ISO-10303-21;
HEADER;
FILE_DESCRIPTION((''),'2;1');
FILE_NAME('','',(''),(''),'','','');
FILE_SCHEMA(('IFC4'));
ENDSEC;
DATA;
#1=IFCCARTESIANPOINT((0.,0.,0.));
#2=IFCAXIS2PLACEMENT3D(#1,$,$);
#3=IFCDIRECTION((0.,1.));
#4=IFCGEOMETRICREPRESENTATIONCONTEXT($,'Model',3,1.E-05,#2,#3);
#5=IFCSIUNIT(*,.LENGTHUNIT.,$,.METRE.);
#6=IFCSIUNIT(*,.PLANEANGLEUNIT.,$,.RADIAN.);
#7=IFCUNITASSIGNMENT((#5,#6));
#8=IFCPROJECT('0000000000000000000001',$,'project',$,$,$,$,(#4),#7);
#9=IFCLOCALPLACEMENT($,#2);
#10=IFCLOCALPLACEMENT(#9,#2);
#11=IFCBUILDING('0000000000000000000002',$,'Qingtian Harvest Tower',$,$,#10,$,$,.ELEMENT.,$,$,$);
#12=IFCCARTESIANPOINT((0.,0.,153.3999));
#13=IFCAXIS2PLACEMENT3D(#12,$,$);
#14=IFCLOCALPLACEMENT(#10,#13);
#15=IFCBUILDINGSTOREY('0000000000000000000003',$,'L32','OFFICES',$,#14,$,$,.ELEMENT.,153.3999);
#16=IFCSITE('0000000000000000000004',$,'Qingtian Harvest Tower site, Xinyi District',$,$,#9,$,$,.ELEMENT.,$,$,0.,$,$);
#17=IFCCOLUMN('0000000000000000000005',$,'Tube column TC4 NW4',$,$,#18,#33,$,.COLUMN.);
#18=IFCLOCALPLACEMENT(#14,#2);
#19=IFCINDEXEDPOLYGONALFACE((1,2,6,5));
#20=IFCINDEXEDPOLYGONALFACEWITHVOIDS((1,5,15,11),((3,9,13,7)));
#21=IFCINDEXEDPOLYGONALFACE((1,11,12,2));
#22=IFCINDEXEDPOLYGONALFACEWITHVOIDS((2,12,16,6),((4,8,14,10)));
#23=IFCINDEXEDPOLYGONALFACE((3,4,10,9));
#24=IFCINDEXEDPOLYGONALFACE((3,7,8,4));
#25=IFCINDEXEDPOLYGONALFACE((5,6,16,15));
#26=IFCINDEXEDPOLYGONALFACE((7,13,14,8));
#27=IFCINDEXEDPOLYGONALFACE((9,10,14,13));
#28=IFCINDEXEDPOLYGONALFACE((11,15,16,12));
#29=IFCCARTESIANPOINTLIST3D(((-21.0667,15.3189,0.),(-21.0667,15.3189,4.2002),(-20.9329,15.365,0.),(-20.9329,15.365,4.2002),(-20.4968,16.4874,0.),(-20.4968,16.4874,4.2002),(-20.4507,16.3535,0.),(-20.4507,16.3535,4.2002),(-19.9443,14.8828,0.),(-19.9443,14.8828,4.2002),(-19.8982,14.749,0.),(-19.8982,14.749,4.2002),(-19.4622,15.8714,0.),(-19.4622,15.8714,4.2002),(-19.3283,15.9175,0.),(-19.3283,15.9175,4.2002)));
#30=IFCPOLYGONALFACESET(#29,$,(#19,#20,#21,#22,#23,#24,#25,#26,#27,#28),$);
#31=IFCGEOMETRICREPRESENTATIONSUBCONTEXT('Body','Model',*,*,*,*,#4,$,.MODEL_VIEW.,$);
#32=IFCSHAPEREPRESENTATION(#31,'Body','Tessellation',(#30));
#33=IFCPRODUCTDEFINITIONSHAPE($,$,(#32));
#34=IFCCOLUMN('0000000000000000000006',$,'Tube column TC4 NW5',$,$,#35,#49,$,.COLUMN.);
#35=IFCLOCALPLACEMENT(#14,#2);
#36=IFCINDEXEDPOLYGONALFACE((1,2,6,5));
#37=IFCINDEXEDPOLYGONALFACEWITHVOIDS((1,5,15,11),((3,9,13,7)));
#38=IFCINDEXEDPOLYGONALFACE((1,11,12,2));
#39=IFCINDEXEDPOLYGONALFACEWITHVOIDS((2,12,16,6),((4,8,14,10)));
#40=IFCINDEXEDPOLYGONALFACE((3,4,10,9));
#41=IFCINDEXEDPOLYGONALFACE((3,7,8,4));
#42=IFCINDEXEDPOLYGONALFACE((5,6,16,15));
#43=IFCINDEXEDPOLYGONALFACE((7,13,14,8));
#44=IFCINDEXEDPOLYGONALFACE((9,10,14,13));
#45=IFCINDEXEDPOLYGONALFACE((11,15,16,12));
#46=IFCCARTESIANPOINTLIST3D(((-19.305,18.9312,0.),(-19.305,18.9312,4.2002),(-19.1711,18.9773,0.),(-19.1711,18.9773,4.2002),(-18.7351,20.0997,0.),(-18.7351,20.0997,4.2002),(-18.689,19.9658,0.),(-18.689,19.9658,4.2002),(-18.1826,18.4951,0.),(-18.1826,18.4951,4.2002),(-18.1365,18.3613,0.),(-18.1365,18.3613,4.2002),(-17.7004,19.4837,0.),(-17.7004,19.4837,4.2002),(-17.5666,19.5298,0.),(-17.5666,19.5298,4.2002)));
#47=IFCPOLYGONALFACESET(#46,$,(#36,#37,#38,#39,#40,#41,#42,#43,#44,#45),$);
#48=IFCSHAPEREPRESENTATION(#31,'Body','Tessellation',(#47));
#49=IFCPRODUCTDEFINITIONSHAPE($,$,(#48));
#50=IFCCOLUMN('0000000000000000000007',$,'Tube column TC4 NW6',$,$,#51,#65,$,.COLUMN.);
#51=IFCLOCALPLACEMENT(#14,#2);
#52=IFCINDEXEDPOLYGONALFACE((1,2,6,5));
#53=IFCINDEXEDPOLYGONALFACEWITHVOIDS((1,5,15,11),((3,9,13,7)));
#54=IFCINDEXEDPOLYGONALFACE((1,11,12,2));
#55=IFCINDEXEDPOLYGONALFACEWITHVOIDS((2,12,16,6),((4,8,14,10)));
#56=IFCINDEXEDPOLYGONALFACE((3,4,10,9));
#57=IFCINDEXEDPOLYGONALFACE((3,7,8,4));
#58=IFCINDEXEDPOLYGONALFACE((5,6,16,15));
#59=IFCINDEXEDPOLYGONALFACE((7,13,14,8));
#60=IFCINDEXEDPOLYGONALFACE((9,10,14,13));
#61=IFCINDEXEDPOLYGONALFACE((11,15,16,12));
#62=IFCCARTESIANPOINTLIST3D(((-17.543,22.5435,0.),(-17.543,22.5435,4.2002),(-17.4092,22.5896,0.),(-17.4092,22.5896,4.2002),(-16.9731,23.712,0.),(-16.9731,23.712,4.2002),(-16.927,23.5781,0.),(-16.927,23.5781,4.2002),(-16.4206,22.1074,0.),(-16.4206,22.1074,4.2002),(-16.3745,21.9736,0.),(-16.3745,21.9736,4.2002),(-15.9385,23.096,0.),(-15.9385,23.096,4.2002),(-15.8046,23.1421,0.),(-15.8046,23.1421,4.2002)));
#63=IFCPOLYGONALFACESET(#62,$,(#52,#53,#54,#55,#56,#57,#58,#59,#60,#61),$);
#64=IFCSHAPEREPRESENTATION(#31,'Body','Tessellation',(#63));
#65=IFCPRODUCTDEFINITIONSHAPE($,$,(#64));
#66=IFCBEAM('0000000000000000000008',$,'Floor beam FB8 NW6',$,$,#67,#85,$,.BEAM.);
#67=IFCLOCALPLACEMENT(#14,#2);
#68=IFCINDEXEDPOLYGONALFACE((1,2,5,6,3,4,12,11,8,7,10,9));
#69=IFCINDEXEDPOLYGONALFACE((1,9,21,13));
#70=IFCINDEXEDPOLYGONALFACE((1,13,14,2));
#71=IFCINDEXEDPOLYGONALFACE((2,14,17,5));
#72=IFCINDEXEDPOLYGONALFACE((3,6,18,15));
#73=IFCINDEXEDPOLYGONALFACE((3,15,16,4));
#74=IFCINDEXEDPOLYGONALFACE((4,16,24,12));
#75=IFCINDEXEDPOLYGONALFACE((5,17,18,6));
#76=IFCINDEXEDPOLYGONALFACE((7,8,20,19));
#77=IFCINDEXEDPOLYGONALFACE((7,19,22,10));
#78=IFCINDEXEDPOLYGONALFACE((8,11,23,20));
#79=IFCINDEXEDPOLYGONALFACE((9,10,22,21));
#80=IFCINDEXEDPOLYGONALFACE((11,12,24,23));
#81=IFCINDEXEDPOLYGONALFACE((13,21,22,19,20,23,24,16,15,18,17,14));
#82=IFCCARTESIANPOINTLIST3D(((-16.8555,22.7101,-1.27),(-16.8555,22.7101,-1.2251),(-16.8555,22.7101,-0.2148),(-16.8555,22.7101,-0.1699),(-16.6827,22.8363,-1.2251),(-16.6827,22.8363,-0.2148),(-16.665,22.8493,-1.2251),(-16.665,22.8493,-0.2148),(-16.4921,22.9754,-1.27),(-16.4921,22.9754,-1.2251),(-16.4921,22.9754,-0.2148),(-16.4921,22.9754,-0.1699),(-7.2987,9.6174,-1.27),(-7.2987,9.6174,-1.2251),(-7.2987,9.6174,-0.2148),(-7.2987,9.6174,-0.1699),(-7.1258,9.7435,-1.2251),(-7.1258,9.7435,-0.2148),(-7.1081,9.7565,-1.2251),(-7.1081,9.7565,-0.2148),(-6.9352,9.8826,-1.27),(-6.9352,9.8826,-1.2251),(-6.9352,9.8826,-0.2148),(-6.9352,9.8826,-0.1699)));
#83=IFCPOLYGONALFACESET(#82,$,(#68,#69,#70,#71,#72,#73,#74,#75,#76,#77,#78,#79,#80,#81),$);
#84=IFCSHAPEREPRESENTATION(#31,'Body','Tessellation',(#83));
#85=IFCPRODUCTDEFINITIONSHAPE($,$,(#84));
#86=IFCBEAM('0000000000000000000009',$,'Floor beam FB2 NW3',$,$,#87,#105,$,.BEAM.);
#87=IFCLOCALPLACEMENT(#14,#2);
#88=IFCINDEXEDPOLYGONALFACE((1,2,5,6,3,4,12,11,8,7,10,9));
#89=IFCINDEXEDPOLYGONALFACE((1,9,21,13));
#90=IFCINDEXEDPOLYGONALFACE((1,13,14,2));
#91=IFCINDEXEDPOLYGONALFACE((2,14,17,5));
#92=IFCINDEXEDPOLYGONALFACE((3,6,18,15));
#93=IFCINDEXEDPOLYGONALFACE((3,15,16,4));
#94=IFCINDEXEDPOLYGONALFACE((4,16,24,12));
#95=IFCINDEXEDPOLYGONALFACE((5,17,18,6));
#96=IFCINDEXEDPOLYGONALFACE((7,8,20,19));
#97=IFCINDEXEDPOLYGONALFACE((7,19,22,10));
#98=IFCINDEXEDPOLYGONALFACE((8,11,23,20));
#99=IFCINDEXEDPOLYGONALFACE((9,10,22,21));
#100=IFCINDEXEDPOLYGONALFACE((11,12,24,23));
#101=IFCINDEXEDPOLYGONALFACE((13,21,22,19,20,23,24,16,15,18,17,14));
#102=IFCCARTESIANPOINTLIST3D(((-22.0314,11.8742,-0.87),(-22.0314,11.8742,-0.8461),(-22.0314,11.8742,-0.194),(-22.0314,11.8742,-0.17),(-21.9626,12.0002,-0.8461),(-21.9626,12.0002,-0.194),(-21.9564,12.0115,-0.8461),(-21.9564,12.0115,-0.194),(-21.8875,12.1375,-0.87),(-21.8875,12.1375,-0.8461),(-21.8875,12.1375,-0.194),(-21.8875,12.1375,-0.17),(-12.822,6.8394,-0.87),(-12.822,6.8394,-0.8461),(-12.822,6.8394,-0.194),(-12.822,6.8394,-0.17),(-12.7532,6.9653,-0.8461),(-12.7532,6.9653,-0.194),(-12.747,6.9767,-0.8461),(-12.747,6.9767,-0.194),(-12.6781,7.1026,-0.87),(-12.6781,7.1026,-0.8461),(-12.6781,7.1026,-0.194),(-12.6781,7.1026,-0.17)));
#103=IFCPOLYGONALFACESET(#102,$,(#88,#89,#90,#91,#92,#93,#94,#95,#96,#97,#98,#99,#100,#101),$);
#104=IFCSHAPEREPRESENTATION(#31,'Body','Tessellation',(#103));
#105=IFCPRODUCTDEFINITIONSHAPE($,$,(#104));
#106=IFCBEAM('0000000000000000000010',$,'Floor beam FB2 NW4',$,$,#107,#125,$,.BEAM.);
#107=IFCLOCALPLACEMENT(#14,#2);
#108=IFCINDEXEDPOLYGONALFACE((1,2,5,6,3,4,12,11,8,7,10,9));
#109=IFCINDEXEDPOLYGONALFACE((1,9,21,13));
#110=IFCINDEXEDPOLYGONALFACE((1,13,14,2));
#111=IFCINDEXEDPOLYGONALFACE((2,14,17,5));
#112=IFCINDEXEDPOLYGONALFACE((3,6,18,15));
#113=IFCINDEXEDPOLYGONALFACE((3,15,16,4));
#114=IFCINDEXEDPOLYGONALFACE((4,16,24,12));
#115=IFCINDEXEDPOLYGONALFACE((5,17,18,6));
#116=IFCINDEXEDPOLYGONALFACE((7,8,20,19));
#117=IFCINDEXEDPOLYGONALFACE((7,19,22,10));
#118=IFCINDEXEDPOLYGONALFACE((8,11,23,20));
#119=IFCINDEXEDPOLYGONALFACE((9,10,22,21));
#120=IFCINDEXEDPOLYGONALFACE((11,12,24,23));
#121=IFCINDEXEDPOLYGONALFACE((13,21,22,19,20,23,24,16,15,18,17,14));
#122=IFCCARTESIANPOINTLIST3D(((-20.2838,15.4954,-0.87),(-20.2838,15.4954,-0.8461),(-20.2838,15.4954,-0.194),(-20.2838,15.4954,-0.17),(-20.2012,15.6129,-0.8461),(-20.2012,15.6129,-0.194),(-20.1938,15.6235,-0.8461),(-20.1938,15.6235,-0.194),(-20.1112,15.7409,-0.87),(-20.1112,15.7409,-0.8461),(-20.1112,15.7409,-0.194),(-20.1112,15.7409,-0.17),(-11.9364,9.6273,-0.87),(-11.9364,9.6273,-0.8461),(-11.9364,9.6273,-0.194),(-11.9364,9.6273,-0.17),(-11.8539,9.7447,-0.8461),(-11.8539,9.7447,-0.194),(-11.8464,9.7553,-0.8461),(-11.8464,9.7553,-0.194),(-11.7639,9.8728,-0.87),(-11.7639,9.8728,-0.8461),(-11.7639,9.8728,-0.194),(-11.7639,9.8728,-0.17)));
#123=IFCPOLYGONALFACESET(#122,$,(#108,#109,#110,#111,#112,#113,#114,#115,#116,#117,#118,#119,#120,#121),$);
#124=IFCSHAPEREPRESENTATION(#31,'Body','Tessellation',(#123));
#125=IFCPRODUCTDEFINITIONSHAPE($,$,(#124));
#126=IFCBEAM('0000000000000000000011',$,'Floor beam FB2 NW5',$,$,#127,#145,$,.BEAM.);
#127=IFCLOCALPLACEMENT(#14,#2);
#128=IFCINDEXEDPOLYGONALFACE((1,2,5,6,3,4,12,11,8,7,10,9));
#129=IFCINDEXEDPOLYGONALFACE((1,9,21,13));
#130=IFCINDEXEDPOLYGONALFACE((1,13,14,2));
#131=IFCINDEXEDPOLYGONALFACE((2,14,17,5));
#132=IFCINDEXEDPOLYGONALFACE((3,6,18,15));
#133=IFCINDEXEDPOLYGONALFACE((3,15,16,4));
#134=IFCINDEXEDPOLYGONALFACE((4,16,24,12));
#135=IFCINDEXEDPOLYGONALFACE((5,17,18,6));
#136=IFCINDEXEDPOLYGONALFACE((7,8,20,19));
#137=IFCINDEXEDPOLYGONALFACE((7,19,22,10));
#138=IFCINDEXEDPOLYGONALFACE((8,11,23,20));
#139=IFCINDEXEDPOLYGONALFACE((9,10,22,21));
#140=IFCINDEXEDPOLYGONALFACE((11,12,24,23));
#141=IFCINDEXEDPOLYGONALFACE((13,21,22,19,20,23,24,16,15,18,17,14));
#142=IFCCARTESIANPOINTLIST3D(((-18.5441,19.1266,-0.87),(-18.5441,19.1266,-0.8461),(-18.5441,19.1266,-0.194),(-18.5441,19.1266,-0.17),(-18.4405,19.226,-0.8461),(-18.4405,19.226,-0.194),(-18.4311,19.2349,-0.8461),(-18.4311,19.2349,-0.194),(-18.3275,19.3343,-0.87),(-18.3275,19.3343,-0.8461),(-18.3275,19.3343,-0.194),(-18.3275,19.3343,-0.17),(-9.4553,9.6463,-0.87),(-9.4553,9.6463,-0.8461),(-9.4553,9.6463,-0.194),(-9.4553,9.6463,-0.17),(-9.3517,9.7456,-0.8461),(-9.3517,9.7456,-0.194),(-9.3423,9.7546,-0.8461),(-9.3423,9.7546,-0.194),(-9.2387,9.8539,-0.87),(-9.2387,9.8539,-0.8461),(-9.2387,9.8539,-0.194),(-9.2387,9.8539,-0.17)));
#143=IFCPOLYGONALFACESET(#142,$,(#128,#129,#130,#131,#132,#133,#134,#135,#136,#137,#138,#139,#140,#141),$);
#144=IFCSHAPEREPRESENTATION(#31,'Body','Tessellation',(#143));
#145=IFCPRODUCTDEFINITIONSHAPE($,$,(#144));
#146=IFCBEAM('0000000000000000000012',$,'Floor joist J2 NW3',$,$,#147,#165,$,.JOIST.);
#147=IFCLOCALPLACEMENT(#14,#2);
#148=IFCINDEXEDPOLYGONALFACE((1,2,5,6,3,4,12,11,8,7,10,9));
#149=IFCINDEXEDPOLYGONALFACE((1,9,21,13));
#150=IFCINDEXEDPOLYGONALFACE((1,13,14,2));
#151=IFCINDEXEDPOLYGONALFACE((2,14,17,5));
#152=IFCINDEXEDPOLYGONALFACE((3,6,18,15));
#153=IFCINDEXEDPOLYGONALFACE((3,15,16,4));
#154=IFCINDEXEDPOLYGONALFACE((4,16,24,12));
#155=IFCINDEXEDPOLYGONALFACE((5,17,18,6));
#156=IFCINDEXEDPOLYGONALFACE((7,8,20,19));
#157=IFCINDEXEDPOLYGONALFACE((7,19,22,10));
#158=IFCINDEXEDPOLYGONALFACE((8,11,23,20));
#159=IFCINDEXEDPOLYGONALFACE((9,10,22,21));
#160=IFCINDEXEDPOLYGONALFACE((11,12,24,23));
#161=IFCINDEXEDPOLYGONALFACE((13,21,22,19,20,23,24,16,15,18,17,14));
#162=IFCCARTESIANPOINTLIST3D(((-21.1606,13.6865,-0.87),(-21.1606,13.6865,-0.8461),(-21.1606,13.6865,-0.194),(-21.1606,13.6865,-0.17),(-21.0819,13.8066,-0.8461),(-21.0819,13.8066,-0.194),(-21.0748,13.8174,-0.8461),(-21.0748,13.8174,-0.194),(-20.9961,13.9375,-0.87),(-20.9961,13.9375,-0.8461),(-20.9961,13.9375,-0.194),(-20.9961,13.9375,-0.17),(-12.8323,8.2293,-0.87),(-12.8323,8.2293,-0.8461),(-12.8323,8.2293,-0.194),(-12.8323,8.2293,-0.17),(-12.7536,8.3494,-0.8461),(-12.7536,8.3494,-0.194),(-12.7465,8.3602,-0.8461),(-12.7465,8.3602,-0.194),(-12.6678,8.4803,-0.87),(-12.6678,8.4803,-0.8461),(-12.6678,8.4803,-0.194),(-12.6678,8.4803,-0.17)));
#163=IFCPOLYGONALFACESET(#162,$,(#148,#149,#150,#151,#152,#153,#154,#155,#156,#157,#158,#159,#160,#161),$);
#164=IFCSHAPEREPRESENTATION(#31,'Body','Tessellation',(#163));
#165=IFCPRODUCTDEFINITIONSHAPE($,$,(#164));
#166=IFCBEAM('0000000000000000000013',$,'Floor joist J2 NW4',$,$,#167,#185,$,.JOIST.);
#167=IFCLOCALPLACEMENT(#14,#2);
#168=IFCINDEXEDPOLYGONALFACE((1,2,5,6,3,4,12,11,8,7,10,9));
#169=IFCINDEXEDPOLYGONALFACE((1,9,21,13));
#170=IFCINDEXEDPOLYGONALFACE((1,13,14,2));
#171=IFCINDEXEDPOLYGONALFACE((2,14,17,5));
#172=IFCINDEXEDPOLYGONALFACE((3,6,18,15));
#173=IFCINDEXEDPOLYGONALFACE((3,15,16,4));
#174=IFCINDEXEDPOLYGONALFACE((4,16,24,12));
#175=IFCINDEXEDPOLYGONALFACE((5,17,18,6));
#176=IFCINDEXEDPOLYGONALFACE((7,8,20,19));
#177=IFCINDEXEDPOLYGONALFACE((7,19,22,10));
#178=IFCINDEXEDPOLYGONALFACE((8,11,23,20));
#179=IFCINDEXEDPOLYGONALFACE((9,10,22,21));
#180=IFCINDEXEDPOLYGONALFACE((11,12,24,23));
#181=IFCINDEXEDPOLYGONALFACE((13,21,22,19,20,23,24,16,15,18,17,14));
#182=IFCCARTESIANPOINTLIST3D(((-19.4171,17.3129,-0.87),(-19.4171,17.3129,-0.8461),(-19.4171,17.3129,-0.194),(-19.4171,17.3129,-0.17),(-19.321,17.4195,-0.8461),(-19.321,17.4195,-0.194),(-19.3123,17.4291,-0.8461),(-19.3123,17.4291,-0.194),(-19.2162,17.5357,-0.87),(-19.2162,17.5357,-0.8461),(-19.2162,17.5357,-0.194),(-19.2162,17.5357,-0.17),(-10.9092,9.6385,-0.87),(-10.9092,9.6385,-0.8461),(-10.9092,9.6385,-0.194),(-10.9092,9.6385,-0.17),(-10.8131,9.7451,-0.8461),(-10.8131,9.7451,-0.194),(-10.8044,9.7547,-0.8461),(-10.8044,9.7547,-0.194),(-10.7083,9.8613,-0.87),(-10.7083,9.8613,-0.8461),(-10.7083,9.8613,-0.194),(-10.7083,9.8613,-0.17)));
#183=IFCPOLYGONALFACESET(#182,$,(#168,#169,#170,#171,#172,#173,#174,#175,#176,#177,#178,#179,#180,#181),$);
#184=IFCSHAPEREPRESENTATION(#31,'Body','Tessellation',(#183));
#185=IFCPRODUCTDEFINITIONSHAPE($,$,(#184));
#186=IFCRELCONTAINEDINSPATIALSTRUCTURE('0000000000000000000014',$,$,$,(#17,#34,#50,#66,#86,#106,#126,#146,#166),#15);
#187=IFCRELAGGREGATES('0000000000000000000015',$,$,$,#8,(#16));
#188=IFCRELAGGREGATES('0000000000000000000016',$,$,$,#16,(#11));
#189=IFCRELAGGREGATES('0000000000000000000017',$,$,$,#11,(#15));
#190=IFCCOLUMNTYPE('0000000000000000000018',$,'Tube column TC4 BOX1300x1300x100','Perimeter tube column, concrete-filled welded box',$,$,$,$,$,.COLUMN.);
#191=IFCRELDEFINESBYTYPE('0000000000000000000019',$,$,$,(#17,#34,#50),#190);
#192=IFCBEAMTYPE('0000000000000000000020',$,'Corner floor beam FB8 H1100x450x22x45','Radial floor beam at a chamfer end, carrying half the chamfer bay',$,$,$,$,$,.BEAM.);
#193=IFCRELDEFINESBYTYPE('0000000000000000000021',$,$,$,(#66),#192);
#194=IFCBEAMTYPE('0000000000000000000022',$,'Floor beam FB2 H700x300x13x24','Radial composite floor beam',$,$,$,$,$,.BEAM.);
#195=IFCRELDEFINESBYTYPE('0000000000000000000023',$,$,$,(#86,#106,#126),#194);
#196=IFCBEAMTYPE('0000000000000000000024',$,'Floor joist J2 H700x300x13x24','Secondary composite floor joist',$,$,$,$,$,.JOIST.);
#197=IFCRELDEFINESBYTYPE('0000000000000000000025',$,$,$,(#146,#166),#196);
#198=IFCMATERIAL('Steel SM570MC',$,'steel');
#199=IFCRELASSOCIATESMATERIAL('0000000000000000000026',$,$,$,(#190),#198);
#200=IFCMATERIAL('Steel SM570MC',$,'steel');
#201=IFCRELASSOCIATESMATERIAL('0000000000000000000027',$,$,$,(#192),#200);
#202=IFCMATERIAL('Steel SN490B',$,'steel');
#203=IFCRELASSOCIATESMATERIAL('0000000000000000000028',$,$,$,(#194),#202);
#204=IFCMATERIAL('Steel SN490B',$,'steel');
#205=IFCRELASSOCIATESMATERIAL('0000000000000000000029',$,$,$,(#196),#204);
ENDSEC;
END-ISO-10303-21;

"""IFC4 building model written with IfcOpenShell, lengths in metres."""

from ifc_helpers import new_model, si_unit, direction, frame, origin, origin_2d, place, context, subcontext, project, spatial, hollow_rectangle, i_section, extrude, material, material_profile, profile_set, type_object, element, save


model = new_model("IFC4")

# Units and contexts
model_context = context("Model", 3, precision=1e-05, world=origin(), true_north=direction((0.0, 1.0)))
body_context = subcontext(model_context, "Body", "Model", "MODEL_VIEW")
ifc_project = project(units=[si_unit("LENGTHUNIT", "METRE"), si_unit("PLANEANGLEUNIT", "RADIAN")], contexts=[model_context])

# Site, building, storey
site_placement = place(None, origin())
site = spatial("IfcSite", under=ifc_project, at=site_placement, Name="Qingtian Harvest Tower site, Xinyi District", CompositionType="ELEMENT", RefElevation=0.0)
building_placement = place(site_placement, origin())
building = spatial("IfcBuilding", under=site, at=building_placement, Name="Qingtian Harvest Tower", CompositionType="ELEMENT")
storey_placement = place(building_placement, frame((0.0, 0.0, 153.3999)))
storey = spatial("IfcBuildingStorey", under=building, at=storey_placement, Name="L32", Description="OFFICES", CompositionType="ELEMENT", Elevation=153.3999)

# Columns
ifc_material_1 = material(Name="Steel SM570MC", Category="steel")
ifc_material_profile_1 = material_profile(ifc_material_1, hollow_rectangle(XDim=1.3, YDim=1.3, WallThickness=0.1001, at=origin_2d()), Name="BOX1300x1300x100")
ifc_profile_set_1 = profile_set([ifc_material_profile_1], Name="Steel SM570MC")
column_type = type_object("IfcColumnType", Name="Tube column TC4 BOX1300x1300x100", Description="Perimeter tube column, concrete-filled welded box", PredefinedType="COLUMN", material=ifc_profile_set_1)
for number, where, z_axis, x_axis, name in (
    (1, (-20.1975, 15.6182, 0.0), (0.0, 0.0, 1.0), (-0.438371, -0.898794, 0.0), "Tube column TC4 NW4"),
    (2, (-18.4358, 19.2305, 0.0), (0.0, 0.0, 1.0), (-0.438371, -0.898794, 0.0), "Tube column TC4 NW5"),
    (3, (-16.6738, 22.8428, 0.0), (0.0, 0.0, 1.0), (-0.438371, -0.898794, 0.0), "Tube column TC4 NW6"),
):
    element("IfcColumn", number, at=place(storey_placement, frame(where, z_axis=z_axis, x_axis=x_axis)), inside=storey, type_object=column_type, Name=name, PredefinedType="COLUMN", context=body_context, shape_type="SweptSolid", body=[
        extrude(hollow_rectangle(XDim=1.3, YDim=1.3, WallThickness=0.1001, at=origin_2d()), origin(), (0.0, 0.0, 1.0), 4.2002),
    ])

# Beams
ifc_material_2 = material(Name="Steel SM570MC", Category="steel")
ifc_material_profile_2 = material_profile(ifc_material_2, i_section(OverallWidth=0.45, OverallDepth=1.1001, WebThickness=0.022, FlangeThickness=0.0449, at=origin_2d()), Name="H1100x450x22x45")
ifc_profile_set_2 = profile_set([ifc_material_profile_2], Name="Steel SM570MC")
beam_type_1 = type_object("IfcBeamType", Name="Corner floor beam FB8 H1100x450x22x45", Description="Radial floor beam at a chamfer end, carrying half the chamfer bay", PredefinedType="BEAM", material=ifc_profile_set_2)
beam_1_placement = place(storey_placement, frame((-16.6738, 22.8428, -0.72), z_axis=(0.589578, -0.807712, 0.0), x_axis=(0.807712, 0.589578, 0.0)))
element("IfcBeam", 4, at=beam_1_placement, inside=storey, type_object=beam_type_1, Name="Floor beam FB8 NW6", PredefinedType="BEAM", context=body_context, shape_type="SweptSolid", body=[
    extrude(i_section(OverallWidth=0.45, OverallDepth=1.1001, WebThickness=0.022, FlangeThickness=0.0449, at=origin_2d()), origin(), (0.0, 0.0, 1.0), 16.2097),
])
ifc_material_3 = material(Name="Steel SN490B", Category="steel")
ifc_material_profile_3 = material_profile(ifc_material_3, i_section(OverallWidth=0.3, OverallDepth=0.7, WebThickness=0.0129, FlangeThickness=0.0239, at=origin_2d()), Name="H700x300x13x24")
ifc_profile_set_3 = profile_set([ifc_material_profile_3], Name="Steel SN490B")
beam_type_2 = type_object("IfcBeamType", Name="Floor beam FB2 H700x300x13x24", Description="Radial composite floor beam", PredefinedType="BEAM", material=ifc_profile_set_3)
beam_2_placement = place(storey_placement, frame((-21.9595, 12.0059, -0.52), z_axis=(0.877432, -0.479701, 0.0), x_axis=(0.479701, 0.877432, 0.0)))
element("IfcBeam", 5, at=beam_2_placement, inside=storey, type_object=beam_type_2, Name="Floor beam FB2 NW3", PredefinedType="BEAM", context=body_context, shape_type="SweptSolid", body=[
    extrude(i_section(OverallWidth=0.3, OverallDepth=0.7, WebThickness=0.0129, FlangeThickness=0.0239, at=origin_2d()), origin(), (0.0, 0.0, 1.0), 10.4958),
])
beam_3_placement = place(storey_placement, frame((-20.1975, 15.6182, -0.52), z_axis=(0.81808, -0.575104, 0.0), x_axis=(0.575104, 0.81808, 0.0)))
element("IfcBeam", 6, at=beam_3_placement, inside=storey, type_object=beam_type_2, Name="Floor beam FB2 NW4", PredefinedType="BEAM", context=body_context, shape_type="SweptSolid", body=[
    extrude(i_section(OverallWidth=0.3, OverallDepth=0.7, WebThickness=0.0129, FlangeThickness=0.0239, at=origin_2d()), origin(), (0.0, 0.0, 1.0), 10.2036),
])
beam_4_placement = place(storey_placement, frame((-18.4358, 19.2305, -0.52), z_axis=(0.692041, -0.721858, 0.0), x_axis=(0.721858, 0.692041, 0.0)))
element("IfcBeam", 7, at=beam_4_placement, inside=storey, type_object=beam_type_2, Name="Floor beam FB2 NW5", PredefinedType="BEAM", context=body_context, shape_type="SweptSolid", body=[
    extrude(i_section(OverallWidth=0.3, OverallDepth=0.7, WebThickness=0.0129, FlangeThickness=0.0239, at=origin_2d()), origin(), (0.0, 0.0, 1.0), 13.1333),
])
ifc_material_4 = material(Name="Steel SN490B", Category="steel")
ifc_material_profile_4 = material_profile(ifc_material_4, i_section(OverallWidth=0.3, OverallDepth=0.7, WebThickness=0.0129, FlangeThickness=0.0239, at=origin_2d()), Name="H700x300x13x24")
ifc_profile_set_4 = profile_set([ifc_material_profile_4], Name="Steel SN490B")
beam_type_3 = type_object("IfcBeamType", Name="Floor joist J2 H700x300x13x24", Description="Secondary composite floor joist", PredefinedType="JOIST", material=ifc_profile_set_4)
beam_5_placement = place(storey_placement, frame((-21.0784, 13.812, -0.52), z_axis=(0.836426, -0.548079, 0.0), x_axis=(0.548079, 0.836426, 0.0)))
element("IfcBeam", 8, at=beam_5_placement, inside=storey, type_object=beam_type_3, Name="Floor joist J2 NW3", PredefinedType="JOIST", context=body_context, shape_type="SweptSolid", body=[
    extrude(i_section(OverallWidth=0.3, OverallDepth=0.7, WebThickness=0.0129, FlangeThickness=0.0239, at=origin_2d()), origin(), (0.0, 0.0, 1.0), 9.957),
])
beam_6_placement = place(storey_placement, frame((-19.3167, 17.4243, -0.52), z_axis=(0.742544, -0.669798, 0.0), x_axis=(0.669798, 0.742544, 0.0)))
element("IfcBeam", 9, at=beam_6_placement, inside=storey, type_object=beam_type_3, Name="Floor joist J2 NW4", PredefinedType="JOIST", context=body_context, shape_type="SweptSolid", body=[
    extrude(i_section(OverallWidth=0.3, OverallDepth=0.7, WebThickness=0.0129, FlangeThickness=0.0239, at=origin_2d()), origin(), (0.0, 0.0, 1.0), 11.4578),
])

save(model, "model.ifc")
